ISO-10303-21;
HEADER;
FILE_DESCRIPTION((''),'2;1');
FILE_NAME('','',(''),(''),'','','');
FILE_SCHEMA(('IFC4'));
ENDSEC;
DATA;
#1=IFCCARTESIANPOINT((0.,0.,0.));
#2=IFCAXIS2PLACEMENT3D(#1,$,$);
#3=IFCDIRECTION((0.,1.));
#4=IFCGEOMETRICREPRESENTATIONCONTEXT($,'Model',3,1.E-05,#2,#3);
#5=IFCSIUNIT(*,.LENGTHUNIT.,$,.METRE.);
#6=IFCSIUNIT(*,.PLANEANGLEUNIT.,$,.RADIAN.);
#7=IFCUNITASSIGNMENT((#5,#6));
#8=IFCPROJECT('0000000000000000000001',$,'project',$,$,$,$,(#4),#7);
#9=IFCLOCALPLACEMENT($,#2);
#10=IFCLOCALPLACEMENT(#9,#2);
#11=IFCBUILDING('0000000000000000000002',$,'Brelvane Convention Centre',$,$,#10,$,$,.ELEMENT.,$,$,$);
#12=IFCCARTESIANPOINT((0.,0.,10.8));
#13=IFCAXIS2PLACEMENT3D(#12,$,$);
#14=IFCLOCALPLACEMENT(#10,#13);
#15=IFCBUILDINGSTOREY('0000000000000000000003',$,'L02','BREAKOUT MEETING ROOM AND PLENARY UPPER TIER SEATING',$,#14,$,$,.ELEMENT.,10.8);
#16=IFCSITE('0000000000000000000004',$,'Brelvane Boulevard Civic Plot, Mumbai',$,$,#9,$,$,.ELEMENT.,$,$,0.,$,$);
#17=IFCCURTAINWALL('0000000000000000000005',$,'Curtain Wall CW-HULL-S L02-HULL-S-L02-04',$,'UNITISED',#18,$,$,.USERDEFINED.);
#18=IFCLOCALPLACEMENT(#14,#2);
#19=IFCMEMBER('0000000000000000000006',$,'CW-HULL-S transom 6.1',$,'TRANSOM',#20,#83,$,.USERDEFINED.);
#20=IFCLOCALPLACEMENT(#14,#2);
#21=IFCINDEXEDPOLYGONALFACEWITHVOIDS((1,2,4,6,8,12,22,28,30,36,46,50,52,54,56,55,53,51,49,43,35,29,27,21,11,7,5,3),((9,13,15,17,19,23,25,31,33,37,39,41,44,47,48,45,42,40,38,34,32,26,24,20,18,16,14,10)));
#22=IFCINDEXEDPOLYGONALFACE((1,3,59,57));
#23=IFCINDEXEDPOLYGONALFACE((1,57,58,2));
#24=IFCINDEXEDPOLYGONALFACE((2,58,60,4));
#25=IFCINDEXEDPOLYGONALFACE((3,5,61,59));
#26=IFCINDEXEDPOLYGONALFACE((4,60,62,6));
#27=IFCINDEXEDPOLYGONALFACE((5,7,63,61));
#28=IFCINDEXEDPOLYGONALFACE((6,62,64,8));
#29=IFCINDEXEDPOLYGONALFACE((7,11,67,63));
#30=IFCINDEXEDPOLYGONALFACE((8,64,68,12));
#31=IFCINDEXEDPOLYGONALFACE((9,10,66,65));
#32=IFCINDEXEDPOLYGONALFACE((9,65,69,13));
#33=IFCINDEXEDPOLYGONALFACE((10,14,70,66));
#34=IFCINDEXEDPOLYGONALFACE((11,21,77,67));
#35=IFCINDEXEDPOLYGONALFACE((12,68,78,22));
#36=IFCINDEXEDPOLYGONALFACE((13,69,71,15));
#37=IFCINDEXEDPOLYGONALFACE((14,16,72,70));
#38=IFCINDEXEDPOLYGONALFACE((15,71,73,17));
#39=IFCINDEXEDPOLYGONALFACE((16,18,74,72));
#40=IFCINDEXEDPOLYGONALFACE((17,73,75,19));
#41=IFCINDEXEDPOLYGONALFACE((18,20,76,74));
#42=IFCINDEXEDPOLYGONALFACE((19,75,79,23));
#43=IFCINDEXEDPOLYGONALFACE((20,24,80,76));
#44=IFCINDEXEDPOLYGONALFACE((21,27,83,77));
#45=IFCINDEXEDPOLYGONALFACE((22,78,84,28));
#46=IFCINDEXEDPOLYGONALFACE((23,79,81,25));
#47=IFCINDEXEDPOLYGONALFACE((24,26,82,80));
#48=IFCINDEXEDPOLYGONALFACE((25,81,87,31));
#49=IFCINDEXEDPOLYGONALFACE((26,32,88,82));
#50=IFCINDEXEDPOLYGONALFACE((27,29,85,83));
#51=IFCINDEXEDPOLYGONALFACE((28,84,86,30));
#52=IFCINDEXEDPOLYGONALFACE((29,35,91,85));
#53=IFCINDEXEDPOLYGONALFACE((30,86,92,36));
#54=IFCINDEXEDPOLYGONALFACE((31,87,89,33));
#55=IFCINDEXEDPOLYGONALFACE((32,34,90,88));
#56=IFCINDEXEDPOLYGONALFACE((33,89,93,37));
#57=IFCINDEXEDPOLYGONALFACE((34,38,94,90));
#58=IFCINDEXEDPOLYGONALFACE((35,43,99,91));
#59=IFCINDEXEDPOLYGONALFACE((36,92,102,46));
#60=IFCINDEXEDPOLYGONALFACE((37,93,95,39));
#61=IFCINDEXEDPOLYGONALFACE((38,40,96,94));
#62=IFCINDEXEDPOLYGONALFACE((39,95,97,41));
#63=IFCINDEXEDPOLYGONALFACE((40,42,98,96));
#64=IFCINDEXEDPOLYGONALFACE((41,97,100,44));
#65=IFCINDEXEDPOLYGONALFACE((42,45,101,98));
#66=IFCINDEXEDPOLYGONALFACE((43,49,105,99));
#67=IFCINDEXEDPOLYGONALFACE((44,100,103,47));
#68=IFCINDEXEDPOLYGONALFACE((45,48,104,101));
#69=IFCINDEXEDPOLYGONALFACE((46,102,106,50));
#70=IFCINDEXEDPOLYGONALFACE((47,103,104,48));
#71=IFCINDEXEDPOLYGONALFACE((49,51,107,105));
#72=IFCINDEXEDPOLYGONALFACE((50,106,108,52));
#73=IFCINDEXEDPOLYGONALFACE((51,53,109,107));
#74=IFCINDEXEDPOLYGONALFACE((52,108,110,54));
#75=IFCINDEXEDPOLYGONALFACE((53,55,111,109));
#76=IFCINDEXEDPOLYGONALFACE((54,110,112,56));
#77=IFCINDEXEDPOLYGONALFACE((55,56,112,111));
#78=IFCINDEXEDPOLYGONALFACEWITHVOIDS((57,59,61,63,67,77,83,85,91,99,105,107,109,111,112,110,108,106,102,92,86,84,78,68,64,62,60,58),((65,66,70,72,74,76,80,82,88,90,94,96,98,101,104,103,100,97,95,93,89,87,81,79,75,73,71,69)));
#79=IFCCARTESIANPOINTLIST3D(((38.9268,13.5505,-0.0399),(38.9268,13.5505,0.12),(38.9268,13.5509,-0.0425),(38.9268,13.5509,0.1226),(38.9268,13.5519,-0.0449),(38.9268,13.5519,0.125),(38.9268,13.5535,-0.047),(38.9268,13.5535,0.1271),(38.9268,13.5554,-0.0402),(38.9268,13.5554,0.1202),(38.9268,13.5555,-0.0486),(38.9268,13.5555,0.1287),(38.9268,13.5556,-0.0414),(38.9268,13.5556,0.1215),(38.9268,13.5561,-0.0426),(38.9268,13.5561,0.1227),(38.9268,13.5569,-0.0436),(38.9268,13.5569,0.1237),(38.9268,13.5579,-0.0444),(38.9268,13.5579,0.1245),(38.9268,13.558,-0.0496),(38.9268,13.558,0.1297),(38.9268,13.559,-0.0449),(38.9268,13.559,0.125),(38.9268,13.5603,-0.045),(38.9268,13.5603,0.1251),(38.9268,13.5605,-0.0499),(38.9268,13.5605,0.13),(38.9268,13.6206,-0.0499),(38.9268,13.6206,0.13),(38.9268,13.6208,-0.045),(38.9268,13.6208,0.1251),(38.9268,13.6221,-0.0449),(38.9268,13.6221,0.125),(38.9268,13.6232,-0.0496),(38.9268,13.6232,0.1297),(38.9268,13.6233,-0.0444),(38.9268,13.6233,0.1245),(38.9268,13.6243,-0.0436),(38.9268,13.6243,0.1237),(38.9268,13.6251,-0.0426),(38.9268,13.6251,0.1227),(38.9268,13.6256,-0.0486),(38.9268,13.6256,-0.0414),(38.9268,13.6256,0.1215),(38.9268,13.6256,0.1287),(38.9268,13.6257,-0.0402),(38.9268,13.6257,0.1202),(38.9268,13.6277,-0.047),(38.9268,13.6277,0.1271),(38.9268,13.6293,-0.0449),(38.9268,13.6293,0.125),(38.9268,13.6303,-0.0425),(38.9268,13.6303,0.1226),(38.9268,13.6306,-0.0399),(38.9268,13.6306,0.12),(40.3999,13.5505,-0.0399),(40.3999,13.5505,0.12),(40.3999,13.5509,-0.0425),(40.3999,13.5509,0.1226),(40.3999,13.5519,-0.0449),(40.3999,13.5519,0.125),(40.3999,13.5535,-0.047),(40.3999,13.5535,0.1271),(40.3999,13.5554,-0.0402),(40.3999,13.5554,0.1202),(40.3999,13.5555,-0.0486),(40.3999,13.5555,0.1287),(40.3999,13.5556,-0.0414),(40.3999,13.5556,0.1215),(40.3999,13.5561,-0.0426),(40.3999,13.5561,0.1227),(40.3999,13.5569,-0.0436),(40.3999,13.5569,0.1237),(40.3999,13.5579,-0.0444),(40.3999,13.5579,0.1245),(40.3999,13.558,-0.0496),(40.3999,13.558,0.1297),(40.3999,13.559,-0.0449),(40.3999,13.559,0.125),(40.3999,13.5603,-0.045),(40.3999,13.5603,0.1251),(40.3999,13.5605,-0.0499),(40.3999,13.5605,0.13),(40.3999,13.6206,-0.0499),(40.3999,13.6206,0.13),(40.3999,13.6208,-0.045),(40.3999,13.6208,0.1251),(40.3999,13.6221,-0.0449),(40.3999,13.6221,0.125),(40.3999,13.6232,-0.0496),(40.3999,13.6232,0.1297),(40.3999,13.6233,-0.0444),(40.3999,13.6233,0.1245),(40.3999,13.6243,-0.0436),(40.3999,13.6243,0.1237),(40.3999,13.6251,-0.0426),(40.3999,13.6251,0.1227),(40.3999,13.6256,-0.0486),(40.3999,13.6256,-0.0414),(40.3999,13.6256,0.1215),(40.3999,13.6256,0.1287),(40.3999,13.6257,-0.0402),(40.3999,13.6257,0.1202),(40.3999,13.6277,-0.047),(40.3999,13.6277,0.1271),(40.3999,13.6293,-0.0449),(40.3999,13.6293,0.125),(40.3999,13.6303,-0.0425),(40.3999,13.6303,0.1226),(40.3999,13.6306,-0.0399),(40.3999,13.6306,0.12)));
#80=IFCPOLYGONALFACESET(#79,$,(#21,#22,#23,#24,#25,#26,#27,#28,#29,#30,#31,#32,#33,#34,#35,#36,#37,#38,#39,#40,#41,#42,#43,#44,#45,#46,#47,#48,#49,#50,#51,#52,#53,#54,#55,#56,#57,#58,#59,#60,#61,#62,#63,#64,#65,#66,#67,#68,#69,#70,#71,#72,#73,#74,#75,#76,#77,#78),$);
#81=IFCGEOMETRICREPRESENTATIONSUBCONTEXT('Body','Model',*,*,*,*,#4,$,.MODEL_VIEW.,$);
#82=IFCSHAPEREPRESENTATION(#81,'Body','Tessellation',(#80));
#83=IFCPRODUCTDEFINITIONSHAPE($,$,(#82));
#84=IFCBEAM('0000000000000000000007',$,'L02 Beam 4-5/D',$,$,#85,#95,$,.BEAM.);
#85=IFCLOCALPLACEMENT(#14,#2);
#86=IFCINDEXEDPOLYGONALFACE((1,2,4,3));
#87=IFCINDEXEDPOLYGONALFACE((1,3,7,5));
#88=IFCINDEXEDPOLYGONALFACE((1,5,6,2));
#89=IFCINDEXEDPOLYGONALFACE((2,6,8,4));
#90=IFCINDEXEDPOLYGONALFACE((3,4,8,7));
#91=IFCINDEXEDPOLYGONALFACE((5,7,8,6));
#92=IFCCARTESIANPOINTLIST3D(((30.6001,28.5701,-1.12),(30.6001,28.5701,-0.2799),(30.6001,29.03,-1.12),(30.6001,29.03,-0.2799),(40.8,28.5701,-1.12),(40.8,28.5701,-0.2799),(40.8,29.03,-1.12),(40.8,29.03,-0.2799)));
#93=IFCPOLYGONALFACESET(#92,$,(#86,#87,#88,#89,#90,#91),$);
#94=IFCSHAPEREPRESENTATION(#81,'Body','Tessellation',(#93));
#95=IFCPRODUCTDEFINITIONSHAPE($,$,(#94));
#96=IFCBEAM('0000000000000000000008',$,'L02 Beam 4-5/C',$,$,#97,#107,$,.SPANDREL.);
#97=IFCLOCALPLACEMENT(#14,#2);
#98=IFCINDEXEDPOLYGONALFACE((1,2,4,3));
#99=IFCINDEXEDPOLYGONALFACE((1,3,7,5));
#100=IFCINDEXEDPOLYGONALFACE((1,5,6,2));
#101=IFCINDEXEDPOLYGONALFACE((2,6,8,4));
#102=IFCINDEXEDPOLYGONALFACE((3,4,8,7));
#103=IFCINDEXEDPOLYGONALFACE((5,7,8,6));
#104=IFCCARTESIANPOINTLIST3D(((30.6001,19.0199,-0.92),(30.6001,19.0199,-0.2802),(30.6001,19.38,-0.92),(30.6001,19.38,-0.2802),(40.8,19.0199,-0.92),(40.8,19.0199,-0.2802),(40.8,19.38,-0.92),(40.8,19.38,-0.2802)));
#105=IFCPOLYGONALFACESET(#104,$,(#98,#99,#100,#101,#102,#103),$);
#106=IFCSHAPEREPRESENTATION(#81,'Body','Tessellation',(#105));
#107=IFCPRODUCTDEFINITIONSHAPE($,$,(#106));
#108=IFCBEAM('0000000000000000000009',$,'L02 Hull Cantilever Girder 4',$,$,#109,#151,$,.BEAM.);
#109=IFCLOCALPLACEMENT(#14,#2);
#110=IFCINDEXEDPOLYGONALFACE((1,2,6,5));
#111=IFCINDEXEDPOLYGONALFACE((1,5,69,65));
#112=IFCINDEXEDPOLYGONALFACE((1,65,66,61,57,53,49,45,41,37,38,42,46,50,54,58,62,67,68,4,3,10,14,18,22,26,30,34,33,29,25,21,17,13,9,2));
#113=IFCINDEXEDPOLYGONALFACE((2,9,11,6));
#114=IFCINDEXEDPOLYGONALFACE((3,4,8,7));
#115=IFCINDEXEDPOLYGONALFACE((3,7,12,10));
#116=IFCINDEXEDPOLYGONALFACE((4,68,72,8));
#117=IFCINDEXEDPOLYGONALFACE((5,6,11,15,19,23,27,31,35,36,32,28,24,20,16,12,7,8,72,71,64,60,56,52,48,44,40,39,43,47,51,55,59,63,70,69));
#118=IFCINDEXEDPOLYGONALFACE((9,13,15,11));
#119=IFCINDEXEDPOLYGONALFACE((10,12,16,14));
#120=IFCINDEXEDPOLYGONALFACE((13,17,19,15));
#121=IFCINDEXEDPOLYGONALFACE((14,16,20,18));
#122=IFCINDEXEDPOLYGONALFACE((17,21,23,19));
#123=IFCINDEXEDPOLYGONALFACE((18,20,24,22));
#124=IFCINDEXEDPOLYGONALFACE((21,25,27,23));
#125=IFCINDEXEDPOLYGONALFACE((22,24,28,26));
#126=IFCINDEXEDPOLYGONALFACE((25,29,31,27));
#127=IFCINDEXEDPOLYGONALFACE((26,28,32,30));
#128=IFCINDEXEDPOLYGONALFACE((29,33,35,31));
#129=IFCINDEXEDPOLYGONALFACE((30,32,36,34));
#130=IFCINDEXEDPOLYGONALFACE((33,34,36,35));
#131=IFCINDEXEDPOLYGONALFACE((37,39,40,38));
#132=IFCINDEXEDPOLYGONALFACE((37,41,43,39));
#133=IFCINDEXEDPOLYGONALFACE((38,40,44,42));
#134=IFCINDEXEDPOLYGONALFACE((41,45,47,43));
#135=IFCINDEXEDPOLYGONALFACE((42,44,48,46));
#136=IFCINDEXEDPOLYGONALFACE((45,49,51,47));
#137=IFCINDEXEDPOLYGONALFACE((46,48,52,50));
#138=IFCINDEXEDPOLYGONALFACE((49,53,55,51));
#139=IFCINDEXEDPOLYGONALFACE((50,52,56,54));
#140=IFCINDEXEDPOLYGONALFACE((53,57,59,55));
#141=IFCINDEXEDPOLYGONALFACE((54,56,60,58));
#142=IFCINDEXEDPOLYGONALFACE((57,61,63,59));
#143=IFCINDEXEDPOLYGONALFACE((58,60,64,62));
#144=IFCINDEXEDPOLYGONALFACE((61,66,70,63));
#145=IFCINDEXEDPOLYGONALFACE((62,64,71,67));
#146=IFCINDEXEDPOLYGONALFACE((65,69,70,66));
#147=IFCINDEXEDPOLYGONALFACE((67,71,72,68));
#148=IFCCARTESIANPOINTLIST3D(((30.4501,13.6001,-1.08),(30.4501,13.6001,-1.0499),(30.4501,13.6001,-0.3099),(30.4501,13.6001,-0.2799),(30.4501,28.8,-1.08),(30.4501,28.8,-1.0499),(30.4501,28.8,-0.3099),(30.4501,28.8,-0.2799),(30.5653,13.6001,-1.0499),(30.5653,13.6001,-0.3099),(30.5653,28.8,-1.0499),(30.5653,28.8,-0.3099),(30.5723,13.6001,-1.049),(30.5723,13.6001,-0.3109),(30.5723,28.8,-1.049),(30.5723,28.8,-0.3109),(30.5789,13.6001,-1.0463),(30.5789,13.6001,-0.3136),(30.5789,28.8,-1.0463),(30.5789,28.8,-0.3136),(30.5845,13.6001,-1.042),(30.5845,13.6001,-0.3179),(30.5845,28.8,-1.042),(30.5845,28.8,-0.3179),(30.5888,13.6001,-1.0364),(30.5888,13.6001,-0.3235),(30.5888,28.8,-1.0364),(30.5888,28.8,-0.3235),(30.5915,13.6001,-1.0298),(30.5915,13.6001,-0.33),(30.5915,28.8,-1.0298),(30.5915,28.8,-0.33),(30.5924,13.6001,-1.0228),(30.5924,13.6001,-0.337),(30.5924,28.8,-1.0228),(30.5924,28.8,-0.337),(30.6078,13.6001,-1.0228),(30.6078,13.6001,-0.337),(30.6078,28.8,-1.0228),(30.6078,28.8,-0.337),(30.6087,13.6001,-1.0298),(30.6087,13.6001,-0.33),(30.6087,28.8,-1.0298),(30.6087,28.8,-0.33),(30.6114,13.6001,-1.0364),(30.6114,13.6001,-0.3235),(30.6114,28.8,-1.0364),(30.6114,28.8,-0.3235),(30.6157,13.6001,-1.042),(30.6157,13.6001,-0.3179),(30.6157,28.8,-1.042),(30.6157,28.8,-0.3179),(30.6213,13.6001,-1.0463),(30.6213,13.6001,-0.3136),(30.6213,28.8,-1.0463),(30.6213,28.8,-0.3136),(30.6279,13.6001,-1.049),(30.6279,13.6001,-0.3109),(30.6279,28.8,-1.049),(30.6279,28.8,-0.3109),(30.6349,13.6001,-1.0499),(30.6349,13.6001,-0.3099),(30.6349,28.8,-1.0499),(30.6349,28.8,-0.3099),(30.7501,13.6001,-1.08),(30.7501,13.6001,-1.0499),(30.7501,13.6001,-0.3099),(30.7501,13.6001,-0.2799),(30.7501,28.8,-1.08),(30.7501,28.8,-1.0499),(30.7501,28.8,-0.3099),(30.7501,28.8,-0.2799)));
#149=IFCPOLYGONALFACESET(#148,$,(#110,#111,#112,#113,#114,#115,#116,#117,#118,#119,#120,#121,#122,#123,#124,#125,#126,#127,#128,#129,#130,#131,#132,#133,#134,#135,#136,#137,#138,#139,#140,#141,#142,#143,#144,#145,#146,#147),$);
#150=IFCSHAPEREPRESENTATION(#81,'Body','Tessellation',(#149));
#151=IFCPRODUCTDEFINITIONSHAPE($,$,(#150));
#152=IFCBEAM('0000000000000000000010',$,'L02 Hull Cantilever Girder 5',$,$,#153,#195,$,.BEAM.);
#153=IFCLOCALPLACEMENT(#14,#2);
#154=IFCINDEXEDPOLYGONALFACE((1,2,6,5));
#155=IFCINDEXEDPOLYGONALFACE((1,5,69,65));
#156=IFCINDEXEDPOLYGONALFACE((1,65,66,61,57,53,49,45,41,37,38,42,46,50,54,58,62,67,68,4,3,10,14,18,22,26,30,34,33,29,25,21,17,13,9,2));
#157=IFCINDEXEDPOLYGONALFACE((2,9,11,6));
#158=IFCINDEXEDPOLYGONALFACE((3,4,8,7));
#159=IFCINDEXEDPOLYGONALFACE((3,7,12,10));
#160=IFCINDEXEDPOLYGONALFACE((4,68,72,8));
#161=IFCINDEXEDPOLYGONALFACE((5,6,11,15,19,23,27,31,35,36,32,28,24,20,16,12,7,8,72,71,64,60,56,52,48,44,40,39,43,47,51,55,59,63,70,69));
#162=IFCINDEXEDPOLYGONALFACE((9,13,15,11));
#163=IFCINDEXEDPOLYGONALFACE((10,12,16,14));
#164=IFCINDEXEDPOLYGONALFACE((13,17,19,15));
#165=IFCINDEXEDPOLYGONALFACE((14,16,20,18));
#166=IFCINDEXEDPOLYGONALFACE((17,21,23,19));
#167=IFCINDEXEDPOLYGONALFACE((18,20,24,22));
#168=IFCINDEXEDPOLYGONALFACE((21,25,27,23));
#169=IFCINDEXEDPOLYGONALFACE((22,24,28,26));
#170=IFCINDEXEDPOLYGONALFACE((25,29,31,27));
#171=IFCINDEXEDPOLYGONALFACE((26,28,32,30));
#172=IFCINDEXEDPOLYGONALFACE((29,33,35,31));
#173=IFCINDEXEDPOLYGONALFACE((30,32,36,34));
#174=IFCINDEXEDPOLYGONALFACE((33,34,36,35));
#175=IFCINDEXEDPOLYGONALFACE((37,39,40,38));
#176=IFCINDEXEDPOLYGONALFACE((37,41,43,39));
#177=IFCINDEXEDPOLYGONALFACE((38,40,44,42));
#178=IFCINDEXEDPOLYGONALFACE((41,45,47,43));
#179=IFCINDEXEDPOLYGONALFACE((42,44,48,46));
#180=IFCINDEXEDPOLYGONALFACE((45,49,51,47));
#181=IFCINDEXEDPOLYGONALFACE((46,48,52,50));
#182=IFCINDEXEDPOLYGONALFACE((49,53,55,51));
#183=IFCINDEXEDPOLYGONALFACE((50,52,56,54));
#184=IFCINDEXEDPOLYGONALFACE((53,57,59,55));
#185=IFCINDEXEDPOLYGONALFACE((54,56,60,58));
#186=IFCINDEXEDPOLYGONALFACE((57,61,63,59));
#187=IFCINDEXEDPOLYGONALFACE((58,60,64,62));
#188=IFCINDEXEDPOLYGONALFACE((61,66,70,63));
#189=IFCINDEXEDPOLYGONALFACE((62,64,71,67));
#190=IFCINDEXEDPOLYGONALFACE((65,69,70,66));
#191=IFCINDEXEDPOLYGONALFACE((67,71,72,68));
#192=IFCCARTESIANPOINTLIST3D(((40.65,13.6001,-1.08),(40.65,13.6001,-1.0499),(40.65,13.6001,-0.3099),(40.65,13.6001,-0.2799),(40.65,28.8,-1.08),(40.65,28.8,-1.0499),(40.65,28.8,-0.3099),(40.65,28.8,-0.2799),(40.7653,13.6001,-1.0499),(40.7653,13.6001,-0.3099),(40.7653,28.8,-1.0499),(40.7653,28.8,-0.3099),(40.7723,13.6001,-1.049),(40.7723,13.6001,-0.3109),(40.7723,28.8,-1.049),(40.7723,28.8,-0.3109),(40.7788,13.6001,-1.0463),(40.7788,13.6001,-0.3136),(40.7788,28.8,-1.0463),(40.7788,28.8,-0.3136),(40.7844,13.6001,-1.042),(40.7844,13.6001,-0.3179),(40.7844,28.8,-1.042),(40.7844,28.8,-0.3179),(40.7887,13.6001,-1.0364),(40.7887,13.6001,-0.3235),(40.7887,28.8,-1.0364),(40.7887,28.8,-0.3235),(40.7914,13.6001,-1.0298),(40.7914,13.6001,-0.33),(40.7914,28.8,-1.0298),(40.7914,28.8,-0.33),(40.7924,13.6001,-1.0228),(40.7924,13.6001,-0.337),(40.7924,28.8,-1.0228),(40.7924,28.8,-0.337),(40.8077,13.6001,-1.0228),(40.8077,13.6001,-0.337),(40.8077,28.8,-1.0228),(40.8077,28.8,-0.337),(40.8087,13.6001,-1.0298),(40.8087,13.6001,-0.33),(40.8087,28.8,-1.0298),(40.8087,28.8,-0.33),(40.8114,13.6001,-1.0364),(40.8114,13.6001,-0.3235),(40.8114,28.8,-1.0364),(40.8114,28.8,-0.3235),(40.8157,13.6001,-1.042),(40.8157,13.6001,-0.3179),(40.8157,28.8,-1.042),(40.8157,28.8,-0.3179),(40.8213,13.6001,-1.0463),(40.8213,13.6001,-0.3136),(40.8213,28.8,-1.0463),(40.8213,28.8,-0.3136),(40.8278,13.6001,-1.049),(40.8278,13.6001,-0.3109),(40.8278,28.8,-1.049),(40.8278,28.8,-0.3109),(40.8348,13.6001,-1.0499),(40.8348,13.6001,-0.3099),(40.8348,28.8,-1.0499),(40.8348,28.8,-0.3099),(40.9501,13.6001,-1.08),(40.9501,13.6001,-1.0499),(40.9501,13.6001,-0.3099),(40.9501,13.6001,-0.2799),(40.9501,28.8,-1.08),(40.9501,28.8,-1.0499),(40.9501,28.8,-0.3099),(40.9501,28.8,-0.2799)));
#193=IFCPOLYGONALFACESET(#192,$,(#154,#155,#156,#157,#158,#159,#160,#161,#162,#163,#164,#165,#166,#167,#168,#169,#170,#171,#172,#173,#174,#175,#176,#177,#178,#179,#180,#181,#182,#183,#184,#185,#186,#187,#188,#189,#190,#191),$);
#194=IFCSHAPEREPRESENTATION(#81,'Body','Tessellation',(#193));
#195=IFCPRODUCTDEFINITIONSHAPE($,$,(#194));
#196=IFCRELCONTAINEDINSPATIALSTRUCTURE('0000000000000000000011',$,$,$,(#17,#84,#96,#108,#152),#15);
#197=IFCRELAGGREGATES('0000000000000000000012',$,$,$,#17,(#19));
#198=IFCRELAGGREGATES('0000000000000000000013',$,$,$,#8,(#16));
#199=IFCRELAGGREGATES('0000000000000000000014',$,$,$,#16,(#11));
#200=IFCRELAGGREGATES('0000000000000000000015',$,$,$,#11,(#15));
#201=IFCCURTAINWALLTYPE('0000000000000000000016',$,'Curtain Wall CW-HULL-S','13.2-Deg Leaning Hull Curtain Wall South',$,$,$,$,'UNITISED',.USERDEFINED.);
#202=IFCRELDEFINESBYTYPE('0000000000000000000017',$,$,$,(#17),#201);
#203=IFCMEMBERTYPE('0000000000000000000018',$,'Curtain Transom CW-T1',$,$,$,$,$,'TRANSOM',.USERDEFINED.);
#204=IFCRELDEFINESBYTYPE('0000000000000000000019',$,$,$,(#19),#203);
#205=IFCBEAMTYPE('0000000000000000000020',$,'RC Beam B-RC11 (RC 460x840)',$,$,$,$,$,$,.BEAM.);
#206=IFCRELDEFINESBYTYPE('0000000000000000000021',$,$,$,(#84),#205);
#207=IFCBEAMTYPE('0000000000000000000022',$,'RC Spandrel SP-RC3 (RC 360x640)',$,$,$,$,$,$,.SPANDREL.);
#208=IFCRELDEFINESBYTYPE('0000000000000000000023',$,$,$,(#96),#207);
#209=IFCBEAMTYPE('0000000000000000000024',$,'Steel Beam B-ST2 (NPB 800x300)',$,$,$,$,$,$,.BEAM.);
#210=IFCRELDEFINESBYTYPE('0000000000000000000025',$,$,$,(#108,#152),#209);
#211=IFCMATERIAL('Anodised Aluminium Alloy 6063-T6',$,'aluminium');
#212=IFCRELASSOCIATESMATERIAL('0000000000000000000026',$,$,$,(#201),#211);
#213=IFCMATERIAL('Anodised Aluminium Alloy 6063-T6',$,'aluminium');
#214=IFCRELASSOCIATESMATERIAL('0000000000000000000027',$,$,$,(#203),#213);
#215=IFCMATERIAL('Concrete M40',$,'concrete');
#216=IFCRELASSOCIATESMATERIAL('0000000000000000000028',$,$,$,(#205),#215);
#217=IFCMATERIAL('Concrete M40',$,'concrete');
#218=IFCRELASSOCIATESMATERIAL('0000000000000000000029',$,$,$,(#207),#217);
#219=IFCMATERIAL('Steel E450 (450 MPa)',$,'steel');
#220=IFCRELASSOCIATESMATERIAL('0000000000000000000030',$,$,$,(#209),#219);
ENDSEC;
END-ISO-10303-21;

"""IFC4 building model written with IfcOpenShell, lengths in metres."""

from ifc_helpers import new_model, si_unit, direction, frame, origin, origin_2d, place, context, subcontext, project, spatial, rectangle, hollow_rectangle, i_section, extrude, material, material_profile, profile_set, type_object, element, aggregate, save


model = new_model("IFC4")

# Units and contexts
model_context = context("Model", 3, precision=1e-05, world=origin(), true_north=direction((0.0, 1.0)))
body_context = subcontext(model_context, "Body", "Model", "MODEL_VIEW")
ifc_project = project(units=[si_unit("LENGTHUNIT", "METRE"), si_unit("PLANEANGLEUNIT", "RADIAN")], contexts=[model_context])

# Site, building, storey
site_placement = place(None, origin())
site = spatial("IfcSite", under=ifc_project, at=site_placement, Name="Brelvane Boulevard Civic Plot, Mumbai", CompositionType="ELEMENT", RefElevation=0.0)
building_placement = place(site_placement, origin())
building = spatial("IfcBuilding", under=site, at=building_placement, Name="Brelvane Convention Centre", CompositionType="ELEMENT")
storey_placement = place(building_placement, frame((0.0, 0.0, 10.8)))
storey = spatial("IfcBuildingStorey", under=building, at=storey_placement, Name="L02", Description="BREAKOUT MEETING ROOM AND PLENARY UPPER TIER SEATING", CompositionType="ELEMENT", Elevation=10.8)

# Shared definitions
ifc_material_1 = material(Name="Anodised Aluminium Alloy 6063-T6", Category="aluminium")
curtain_wall_type = type_object("IfcCurtainWallType", Name="Curtain Wall CW-HULL-S", Description="13.2-Deg Leaning Hull Curtain Wall South", ElementType="UNITISED", PredefinedType="USERDEFINED", material=ifc_material_1)

# Curtain wall, member
curtain_wall_1_placement = place(storey_placement, origin())
curtain_wall_1 = element("IfcCurtainWall", 1, at=curtain_wall_1_placement, inside=storey, type_object=curtain_wall_type, Name="Curtain Wall CW-HULL-S L02-HULL-S-L02-04", ObjectType="UNITISED", PredefinedType="USERDEFINED")
ifc_material_2 = material(Name="Anodised Aluminium Alloy 6063-T6", Category="aluminium")
ifc_material_profile_1 = material_profile(ifc_material_2, hollow_rectangle(XDim=0.0801, YDim=0.1799, WallThickness=0.0049, InnerFilletRadius=0.0049, OuterFilletRadius=0.01, at=origin_2d()), Name="ALU-T 180x80x5.0")
ifc_profile_set_1 = profile_set([ifc_material_profile_1], Name="Anodised Aluminium Alloy 6063-T6")
member_type_1 = type_object("IfcMemberType", Name="Curtain Transom CW-T1", ElementType="TRANSOM", PredefinedType="USERDEFINED", material=ifc_profile_set_1)
member_1_placement = place(storey_placement, frame((38.9268, 13.5906, 0.04), z_axis=(1.0, 0.0, 0.0), x_axis=(0.0, 1.0, 0.0)))
member_1 = element("IfcMember", 2, at=member_1_placement, type_object=member_type_1, Name="CW-HULL-S transom 6.1", ObjectType="TRANSOM", PredefinedType="USERDEFINED", context=body_context, shape_type="SweptSolid", body=[
    extrude(hollow_rectangle(XDim=0.0801, YDim=0.1799, WallThickness=0.0049, InnerFilletRadius=0.0049, OuterFilletRadius=0.01, at=origin_2d()), origin(), (0.0, 0.0, 1.0), 1.4731),
])

# Beams
ifc_material_3 = material(Name="Concrete M40", Category="concrete")
ifc_material_profile_2 = material_profile(ifc_material_3, rectangle(XDim=0.46, YDim=0.8401, at=origin_2d()), Name="RC 460x840")
ifc_profile_set_2 = profile_set([ifc_material_profile_2], Name="Concrete M40")
beam_type_1 = type_object("IfcBeamType", Name="RC Beam B-RC11 (RC 460x840)", PredefinedType="BEAM", material=ifc_profile_set_2)
beam_1_placement = place(storey_placement, frame((30.6001, 28.8, -0.7), z_axis=(1.0, 0.0, 0.0), x_axis=(0.0, 1.0, 0.0)))
element("IfcBeam", 3, at=beam_1_placement, inside=storey, type_object=beam_type_1, Name="L02 Beam 4-5/D", PredefinedType="BEAM", context=body_context, shape_type="SweptSolid", body=[
    extrude(rectangle(XDim=0.46, YDim=0.8401, at=origin_2d()), origin(), (0.0, 0.0, 1.0), 10.2),
])
ifc_material_4 = material(Name="Concrete M40", Category="concrete")
ifc_material_profile_3 = material_profile(ifc_material_4, rectangle(XDim=0.3601, YDim=0.6399, at=origin_2d()), Name="RC 360x640")
ifc_profile_set_3 = profile_set([ifc_material_profile_3], Name="Concrete M40")
beam_type_2 = type_object("IfcBeamType", Name="RC Spandrel SP-RC3 (RC 360x640)", PredefinedType="SPANDREL", material=ifc_profile_set_3)
beam_2_placement = place(storey_placement, frame((30.6001, 19.2, -0.6001), z_axis=(1.0, 0.0, 0.0), x_axis=(0.0, 1.0, 0.0)))
element("IfcBeam", 4, at=beam_2_placement, inside=storey, type_object=beam_type_2, Name="L02 Beam 4-5/C", PredefinedType="SPANDREL", context=body_context, shape_type="SweptSolid", body=[
    extrude(rectangle(XDim=0.3601, YDim=0.6399, at=origin_2d()), origin(), (0.0, 0.0, 1.0), 10.2),
])
ifc_material_5 = material(Name="Steel E450 (450 MPa)", Category="steel")
ifc_material_profile_4 = material_profile(ifc_material_5, i_section(OverallWidth=0.3, OverallDepth=0.8, WebThickness=0.0154, FlangeThickness=0.03, FilletRadius=0.0271, at=origin_2d()), Name="NPB 800x300")
ifc_profile_set_4 = profile_set([ifc_material_profile_4], Name="Steel E450 (450 MPa)")
beam_type_3 = type_object("IfcBeamType", Name="Steel Beam B-ST2 (NPB 800x300)", PredefinedType="BEAM", material=ifc_profile_set_4)
for number, where, z_axis, x_axis, name in (
    (5, (30.6001, 13.6001, -0.6799), (0.0, 1.0, 0.0), (-1.0, 0.0, 0.0), "L02 Hull Cantilever Girder 4"),
    (6, (40.8, 13.6001, -0.6799), (0.0, 1.0, 0.0), (-1.0, 0.0, 0.0), "L02 Hull Cantilever Girder 5"),
):
    element("IfcBeam", number, at=place(storey_placement, frame(where, z_axis=z_axis, x_axis=x_axis)), inside=storey, type_object=beam_type_3, Name=name, PredefinedType="BEAM", context=body_context, shape_type="SweptSolid", body=[
        extrude(i_section(OverallWidth=0.3, OverallDepth=0.8, WebThickness=0.0154, FlangeThickness=0.03, FilletRadius=0.0271, at=origin_2d()), origin(), (0.0, 0.0, 1.0), 15.2),
    ])

aggregate(curtain_wall_1, [member_1])

save(model, "model.ifc")
